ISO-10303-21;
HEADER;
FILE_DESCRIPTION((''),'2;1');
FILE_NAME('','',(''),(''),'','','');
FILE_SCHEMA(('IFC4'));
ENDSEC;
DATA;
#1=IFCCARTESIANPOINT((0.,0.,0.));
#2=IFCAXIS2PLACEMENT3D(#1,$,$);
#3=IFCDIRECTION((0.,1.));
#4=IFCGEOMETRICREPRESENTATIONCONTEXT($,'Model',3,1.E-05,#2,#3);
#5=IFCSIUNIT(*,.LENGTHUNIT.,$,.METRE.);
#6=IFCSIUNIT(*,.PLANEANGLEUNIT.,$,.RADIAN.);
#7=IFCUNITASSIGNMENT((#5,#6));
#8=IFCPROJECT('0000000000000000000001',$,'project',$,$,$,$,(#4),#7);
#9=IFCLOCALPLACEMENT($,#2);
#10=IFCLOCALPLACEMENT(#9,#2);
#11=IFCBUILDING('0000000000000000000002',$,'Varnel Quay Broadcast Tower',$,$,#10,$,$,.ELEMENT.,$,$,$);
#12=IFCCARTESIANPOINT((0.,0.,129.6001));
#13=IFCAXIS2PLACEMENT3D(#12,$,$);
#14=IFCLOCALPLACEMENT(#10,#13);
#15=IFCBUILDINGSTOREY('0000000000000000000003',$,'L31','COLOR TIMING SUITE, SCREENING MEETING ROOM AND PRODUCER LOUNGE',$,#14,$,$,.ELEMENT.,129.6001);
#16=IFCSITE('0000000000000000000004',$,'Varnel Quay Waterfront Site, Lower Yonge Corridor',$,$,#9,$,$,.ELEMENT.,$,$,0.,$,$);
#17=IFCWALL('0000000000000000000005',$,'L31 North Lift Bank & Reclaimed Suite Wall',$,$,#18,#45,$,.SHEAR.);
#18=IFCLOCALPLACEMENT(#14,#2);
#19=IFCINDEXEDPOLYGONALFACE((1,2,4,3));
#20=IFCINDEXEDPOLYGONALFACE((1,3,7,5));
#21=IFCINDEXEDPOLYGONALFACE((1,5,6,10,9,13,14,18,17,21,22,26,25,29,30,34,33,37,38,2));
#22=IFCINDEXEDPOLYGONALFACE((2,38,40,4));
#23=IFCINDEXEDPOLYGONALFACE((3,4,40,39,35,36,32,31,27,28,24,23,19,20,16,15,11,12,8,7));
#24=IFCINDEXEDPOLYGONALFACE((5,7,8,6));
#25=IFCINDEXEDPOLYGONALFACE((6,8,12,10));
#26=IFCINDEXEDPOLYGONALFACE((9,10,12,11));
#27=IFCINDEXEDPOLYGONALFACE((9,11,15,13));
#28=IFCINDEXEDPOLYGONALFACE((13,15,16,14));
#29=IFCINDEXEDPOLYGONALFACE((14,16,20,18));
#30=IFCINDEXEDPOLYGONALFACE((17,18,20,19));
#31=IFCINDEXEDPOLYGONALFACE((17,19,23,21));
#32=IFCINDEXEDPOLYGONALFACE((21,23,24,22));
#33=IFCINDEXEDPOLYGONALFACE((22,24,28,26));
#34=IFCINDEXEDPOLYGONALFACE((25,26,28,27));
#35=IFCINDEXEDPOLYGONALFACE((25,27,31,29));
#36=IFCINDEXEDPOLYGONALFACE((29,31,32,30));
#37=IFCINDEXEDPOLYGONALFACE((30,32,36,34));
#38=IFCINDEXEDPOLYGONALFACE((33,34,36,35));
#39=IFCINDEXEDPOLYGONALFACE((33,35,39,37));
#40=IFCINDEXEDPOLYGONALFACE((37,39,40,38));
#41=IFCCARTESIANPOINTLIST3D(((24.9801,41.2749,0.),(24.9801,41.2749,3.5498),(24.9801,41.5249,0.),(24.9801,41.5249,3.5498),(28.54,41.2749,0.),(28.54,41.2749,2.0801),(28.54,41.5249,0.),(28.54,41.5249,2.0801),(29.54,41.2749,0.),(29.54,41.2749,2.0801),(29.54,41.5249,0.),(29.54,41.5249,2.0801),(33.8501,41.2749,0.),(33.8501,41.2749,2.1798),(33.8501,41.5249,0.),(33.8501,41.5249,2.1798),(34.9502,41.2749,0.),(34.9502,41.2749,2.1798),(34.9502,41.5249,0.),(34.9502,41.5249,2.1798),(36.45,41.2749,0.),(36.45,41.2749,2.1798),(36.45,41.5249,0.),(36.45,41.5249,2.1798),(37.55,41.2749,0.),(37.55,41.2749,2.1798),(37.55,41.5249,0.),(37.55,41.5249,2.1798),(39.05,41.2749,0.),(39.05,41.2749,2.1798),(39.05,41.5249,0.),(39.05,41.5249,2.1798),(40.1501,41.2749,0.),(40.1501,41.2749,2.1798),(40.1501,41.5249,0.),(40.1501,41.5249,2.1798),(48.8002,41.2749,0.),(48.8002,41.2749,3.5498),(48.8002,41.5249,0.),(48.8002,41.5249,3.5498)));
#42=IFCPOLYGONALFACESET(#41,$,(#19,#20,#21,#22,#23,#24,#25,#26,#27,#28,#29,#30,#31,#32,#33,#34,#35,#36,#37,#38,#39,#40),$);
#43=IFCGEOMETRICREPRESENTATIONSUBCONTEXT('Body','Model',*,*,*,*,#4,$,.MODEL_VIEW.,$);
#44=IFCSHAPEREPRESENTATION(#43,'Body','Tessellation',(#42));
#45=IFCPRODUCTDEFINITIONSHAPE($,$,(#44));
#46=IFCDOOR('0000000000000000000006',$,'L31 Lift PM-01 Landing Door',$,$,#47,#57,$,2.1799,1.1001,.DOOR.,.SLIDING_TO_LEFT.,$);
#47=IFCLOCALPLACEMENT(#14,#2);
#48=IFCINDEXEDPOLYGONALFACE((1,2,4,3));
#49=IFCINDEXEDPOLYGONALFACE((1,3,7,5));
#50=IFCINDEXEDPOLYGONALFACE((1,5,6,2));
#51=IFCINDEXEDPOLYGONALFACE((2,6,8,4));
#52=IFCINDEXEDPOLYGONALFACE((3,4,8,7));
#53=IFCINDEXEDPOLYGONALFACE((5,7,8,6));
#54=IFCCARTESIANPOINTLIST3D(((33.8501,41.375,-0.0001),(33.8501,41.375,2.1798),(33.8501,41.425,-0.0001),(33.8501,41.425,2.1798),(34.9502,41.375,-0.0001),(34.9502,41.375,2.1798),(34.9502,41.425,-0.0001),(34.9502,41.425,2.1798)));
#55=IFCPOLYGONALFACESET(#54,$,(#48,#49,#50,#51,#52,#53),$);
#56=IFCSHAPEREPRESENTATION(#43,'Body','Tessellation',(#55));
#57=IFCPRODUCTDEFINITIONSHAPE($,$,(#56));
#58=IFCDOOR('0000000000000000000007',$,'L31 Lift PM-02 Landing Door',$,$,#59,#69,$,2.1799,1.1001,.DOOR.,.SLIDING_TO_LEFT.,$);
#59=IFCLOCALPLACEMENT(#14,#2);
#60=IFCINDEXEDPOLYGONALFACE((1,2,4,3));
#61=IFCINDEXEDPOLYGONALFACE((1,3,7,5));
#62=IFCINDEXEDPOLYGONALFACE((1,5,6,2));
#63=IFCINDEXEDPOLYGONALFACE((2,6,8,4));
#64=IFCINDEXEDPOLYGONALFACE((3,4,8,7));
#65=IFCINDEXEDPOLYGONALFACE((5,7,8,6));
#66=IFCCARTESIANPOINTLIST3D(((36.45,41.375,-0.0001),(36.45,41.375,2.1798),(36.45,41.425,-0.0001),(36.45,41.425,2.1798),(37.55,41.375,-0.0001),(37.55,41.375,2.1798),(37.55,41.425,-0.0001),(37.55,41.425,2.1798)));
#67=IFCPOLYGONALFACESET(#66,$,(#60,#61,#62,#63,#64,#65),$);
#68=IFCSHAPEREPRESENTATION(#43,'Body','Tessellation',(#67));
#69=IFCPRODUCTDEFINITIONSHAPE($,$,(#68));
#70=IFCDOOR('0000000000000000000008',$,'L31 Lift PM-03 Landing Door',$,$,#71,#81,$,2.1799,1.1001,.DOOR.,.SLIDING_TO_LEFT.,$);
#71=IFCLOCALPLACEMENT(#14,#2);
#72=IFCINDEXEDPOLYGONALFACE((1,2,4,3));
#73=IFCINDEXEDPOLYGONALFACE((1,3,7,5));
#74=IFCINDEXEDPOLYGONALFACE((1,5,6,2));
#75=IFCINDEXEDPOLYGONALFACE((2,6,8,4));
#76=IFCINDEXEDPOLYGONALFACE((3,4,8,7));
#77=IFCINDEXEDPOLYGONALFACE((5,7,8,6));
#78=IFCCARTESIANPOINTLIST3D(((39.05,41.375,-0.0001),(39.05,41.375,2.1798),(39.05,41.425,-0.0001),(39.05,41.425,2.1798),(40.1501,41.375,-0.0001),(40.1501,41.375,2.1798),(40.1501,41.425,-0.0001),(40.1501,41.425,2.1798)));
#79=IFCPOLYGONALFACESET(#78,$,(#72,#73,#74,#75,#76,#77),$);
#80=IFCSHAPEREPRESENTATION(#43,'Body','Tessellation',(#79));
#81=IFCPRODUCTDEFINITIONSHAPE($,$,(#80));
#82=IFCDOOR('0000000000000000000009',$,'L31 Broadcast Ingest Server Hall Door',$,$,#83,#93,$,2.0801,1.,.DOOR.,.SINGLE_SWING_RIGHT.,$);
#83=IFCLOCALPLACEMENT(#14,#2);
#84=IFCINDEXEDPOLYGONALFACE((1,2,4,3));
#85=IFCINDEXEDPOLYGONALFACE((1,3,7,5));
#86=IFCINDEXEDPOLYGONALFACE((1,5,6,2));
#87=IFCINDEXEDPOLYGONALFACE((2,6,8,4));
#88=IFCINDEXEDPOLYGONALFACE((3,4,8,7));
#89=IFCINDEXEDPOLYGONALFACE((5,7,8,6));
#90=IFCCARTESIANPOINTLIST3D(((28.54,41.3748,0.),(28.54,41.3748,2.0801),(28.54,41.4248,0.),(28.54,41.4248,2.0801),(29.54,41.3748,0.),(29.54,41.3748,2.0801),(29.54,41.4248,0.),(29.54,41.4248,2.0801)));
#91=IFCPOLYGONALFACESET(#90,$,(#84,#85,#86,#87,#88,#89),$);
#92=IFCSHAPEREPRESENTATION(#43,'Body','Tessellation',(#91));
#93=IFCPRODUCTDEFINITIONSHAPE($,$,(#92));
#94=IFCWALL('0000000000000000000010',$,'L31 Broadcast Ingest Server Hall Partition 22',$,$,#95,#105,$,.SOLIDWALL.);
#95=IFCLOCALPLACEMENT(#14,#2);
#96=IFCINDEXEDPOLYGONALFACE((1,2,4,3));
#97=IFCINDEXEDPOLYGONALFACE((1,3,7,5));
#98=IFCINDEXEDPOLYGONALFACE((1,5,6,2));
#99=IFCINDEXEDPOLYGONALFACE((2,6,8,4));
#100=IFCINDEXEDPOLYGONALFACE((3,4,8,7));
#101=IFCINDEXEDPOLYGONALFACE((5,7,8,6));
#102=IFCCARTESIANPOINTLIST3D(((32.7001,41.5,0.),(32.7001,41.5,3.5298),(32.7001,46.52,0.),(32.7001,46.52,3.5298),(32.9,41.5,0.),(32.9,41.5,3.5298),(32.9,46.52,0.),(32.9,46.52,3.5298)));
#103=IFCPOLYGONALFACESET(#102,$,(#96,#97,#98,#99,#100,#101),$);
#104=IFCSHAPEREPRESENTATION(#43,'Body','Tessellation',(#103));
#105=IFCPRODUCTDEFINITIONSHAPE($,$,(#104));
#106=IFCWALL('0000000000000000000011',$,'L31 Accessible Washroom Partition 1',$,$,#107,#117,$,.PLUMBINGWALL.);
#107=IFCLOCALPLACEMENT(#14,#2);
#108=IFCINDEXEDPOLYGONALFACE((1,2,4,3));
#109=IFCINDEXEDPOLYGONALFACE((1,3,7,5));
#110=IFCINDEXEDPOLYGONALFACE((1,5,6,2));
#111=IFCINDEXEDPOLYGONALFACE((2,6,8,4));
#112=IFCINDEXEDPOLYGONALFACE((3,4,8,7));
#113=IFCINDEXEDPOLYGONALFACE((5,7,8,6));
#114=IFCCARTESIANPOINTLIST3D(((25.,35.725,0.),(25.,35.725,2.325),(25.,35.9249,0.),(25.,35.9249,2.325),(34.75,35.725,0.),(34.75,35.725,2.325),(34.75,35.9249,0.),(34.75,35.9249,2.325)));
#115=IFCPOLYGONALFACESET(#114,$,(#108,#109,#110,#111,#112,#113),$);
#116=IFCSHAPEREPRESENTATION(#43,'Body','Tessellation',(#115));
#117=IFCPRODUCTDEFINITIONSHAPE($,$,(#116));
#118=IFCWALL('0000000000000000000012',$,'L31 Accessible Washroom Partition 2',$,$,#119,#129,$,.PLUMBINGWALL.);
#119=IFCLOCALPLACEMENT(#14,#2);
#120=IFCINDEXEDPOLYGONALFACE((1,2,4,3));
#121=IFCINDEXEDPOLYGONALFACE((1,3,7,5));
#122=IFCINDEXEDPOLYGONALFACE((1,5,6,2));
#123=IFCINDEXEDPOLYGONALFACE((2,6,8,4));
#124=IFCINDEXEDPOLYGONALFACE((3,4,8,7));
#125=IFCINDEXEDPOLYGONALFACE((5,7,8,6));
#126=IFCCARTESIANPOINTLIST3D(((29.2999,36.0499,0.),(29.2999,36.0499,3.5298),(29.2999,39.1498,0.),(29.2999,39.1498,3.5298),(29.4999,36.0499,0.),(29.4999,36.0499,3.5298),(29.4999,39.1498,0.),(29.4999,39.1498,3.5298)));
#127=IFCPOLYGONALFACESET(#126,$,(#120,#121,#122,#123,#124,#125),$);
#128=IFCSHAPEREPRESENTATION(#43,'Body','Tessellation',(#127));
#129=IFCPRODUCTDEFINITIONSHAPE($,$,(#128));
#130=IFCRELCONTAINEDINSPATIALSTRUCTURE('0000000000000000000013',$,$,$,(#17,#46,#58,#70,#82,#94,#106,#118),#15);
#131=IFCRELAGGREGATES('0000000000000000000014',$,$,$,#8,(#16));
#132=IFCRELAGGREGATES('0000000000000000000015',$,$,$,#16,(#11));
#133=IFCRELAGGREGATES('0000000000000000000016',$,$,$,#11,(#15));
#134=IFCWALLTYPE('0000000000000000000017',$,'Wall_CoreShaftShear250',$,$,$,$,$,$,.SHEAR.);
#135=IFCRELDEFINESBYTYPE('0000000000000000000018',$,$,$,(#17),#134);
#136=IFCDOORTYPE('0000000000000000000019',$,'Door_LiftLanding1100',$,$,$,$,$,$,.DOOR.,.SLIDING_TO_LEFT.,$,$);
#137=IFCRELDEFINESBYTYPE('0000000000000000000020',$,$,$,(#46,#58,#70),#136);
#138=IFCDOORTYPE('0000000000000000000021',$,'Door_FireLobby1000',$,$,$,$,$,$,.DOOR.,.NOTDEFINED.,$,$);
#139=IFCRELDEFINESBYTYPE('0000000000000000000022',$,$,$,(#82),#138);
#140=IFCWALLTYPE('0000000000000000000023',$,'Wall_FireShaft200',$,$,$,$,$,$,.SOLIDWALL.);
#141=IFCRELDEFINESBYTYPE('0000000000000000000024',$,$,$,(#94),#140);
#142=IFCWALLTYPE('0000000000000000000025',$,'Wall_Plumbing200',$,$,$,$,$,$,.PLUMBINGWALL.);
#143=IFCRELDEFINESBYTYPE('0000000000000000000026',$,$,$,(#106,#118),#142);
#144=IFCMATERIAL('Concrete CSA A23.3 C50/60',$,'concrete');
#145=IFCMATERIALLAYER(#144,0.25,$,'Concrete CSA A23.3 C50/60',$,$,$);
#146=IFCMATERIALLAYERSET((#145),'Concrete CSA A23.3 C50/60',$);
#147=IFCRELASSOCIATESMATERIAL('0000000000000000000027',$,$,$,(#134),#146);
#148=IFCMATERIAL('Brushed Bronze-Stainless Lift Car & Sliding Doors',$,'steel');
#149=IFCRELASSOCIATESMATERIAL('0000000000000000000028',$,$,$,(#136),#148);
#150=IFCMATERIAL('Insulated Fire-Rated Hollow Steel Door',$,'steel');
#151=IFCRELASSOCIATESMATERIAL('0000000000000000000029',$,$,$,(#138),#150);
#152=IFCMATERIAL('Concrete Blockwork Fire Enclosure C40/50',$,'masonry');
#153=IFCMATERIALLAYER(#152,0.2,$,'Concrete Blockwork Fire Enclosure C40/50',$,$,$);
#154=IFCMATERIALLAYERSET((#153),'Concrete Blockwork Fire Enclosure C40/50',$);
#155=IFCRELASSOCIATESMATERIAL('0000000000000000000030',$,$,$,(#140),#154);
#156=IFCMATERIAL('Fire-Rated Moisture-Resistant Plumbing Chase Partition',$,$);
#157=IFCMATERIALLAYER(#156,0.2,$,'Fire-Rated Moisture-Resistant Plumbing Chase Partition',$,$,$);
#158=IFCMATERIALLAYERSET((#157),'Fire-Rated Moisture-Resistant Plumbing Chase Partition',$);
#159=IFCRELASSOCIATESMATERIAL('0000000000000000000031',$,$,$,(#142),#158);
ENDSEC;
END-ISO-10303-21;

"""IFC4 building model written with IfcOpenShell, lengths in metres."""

from ifc_helpers import new_model, si_unit, direction, frame, frame_2d, origin, place, context, subcontext, project, spatial, rectangle, extrude, source, transform, mapped, material, layer, layer_set, type_object, type_shapes, element, fill, save


model = new_model("IFC4")

# Units and contexts
model_context = context("Model", 3, precision=1e-05, world=origin(), true_north=direction((0.0, 1.0)))
body_context = subcontext(model_context, "Body", "Model", "MODEL_VIEW")
ifc_project = project(units=[si_unit("LENGTHUNIT", "METRE"), si_unit("PLANEANGLEUNIT", "RADIAN")], contexts=[model_context])

# Site, building, storey
site_placement = place(None, origin())
site = spatial("IfcSite", under=ifc_project, at=site_placement, Name="Varnel Quay Waterfront Site, Lower Yonge Corridor", CompositionType="ELEMENT", RefElevation=0.0)
building_placement = place(site_placement, origin())
building = spatial("IfcBuilding", under=site, at=building_placement, Name="Varnel Quay Broadcast Tower", CompositionType="ELEMENT")
storey_placement = place(building_placement, frame((0.0, 0.0, 129.6001)))
storey = spatial("IfcBuildingStorey", under=building, at=storey_placement, Name="L31", Description="COLOR TIMING SUITE, SCREENING MEETING ROOM AND PRODUCER LOUNGE", CompositionType="ELEMENT", Elevation=129.6001)

# Shared definitions
ifc_material_1 = material(Name="Concrete CSA A23.3 C50/60", Category="concrete")

# Wall, openings, doors
ifc_layer_1 = layer(ifc_material_1, 0.25, Name="Concrete CSA A23.3 C50/60")
ifc_layer_set_1 = layer_set([ifc_layer_1], Name="Concrete CSA A23.3 C50/60")
wall_type_1 = type_object("IfcWallType", Name="Wall_CoreShaftShear250", PredefinedType="SHEAR", material=ifc_layer_set_1)
wall_1_placement = place(storey_placement, frame((24.98, 41.3999, 0.0), z_axis=(0.0, 0.0, 1.0), x_axis=(1.0, 0.0, 0.0)))
wall_1 = element("IfcWall", 1, at=wall_1_placement, inside=storey, type_object=wall_type_1, Name="L31 North Lift Bank & Reclaimed Suite Wall", PredefinedType="SHEAR", context=body_context, shape_type="SweptSolid", body=[
    extrude(rectangle(XDim=23.8201, YDim=0.25, at=frame_2d((11.9102, 0.0))), origin(), (0.0, 0.0, 1.0), 3.5498),
])
opening_1_placement = place(wall_1_placement, frame((8.8701, 0.0, 0.0)))
opening_1 = element("IfcOpeningElement", 2, at=opening_1_placement, cuts=wall_1, PredefinedType="OPENING", context=body_context, shape_type="SweptSolid", body=[
    extrude(rectangle(XDim=1.1001, YDim=2.1799, at=frame_2d((0.55, 1.0898))), frame((0.0, 0.135, 0.0), z_axis=(0.0, -1.0, 0.0), x_axis=(1.0, 0.0, 0.0)), (0.0, 0.0, 1.0), 0.27),
])
opening_2_placement = place(wall_1_placement, frame((11.47, 0.0, 0.0)))
opening_2 = element("IfcOpeningElement", 3, at=opening_2_placement, cuts=wall_1, PredefinedType="OPENING", context=body_context, shape_type="SweptSolid", body=[
    extrude(rectangle(XDim=1.1001, YDim=2.1799, at=frame_2d((0.55, 1.0898))), frame((0.0, 0.135, 0.0), z_axis=(0.0, -1.0, 0.0), x_axis=(1.0, 0.0, 0.0)), (0.0, 0.0, 1.0), 0.27),
])
opening_3_placement = place(wall_1_placement, frame((14.0701, 0.0, 0.0)))
opening_3 = element("IfcOpeningElement", 4, at=opening_3_placement, cuts=wall_1, PredefinedType="OPENING", context=body_context, shape_type="SweptSolid", body=[
    extrude(rectangle(XDim=1.1001, YDim=2.1799, at=frame_2d((0.55, 1.0898))), frame((0.0, 0.135, 0.0), z_axis=(0.0, -1.0, 0.0), x_axis=(1.0, 0.0, 0.0)), (0.0, 0.0, 1.0), 0.27),
])
opening_4_placement = place(wall_1_placement, frame((3.5601, 0.0, 0.0)))
opening_4 = element("IfcOpeningElement", 5, at=opening_4_placement, cuts=wall_1, PredefinedType="OPENING", context=body_context, shape_type="SweptSolid", body=[
    extrude(rectangle(XDim=1.0, YDim=2.0801, at=frame_2d((0.5, 1.04))), frame((0.0, 0.135, 0.0), z_axis=(0.0, -1.0, 0.0), x_axis=(1.0, 0.0, 0.0)), (0.0, 0.0, 1.0), 0.27),
])
ifc_material_2 = material(Name="Brushed Bronze-Stainless Lift Car & Sliding Doors", Category="steel")
door_type_1 = type_object("IfcDoorType", Name="Door_LiftLanding1100", OperationType="SLIDING_TO_LEFT", PredefinedType="DOOR", material=ifc_material_2)
shared_shape_1 = source(origin(), body_context, "Body", "SweptSolid", [
    extrude(rectangle(XDim=1.1001, YDim=2.1799, at=frame_2d((0.55, 1.0898))), frame((0.0, 0.0249, 0.0), z_axis=(0.0, -1.0, 0.0), x_axis=(1.0, 0.0, 0.0)), (0.0, 0.0, 1.0), 0.05),
])
type_shapes(door_type_1, [shared_shape_1])
door_1_placement = place(opening_1_placement, frame((1.1001, 0.0, 0.0), z_axis=(0.0, 0.0, 1.0), x_axis=(-1.0, 0.0, 0.0)))
door_1 = element("IfcDoor", 6, at=door_1_placement, inside=storey, type_object=door_type_1, Name="L31 Lift PM-01 Landing Door", OperationType="SLIDING_TO_LEFT", OverallHeight=2.1799, OverallWidth=1.1001, PredefinedType="DOOR", context=body_context, shape_type="MappedRepresentation", body=[
    mapped(shared_shape_1, transform((0.0, 0.0, 0.0), x_axis=(1.0, 0.0, 0.0), y_axis=(0.0, 1.0, 0.0), z_axis=(0.0, 0.0, 1.0), scale=1.0)),
])
fill(opening_1, door_1)
door_2_placement = place(opening_2_placement, frame((1.1001, 0.0, 0.0), z_axis=(0.0, 0.0, 1.0), x_axis=(-1.0, 0.0, 0.0)))
door_2 = element("IfcDoor", 7, at=door_2_placement, inside=storey, type_object=door_type_1, Name="L31 Lift PM-02 Landing Door", OperationType="SLIDING_TO_LEFT", OverallHeight=2.1799, OverallWidth=1.1001, PredefinedType="DOOR", context=body_context, shape_type="MappedRepresentation", body=[
    mapped(shared_shape_1, transform((0.0, 0.0, 0.0), x_axis=(1.0, 0.0, 0.0), y_axis=(0.0, 1.0, 0.0), z_axis=(0.0, 0.0, 1.0), scale=1.0)),
])
fill(opening_2, door_2)
door_3_placement = place(opening_3_placement, frame((1.1001, 0.0, 0.0), z_axis=(0.0, 0.0, 1.0), x_axis=(-1.0, 0.0, 0.0)))
door_3 = element("IfcDoor", 8, at=door_3_placement, inside=storey, type_object=door_type_1, Name="L31 Lift PM-03 Landing Door", OperationType="SLIDING_TO_LEFT", OverallHeight=2.1799, OverallWidth=1.1001, PredefinedType="DOOR", context=body_context, shape_type="MappedRepresentation", body=[
    mapped(shared_shape_1, transform((0.0, 0.0, 0.0), x_axis=(1.0, 0.0, 0.0), y_axis=(0.0, 1.0, 0.0), z_axis=(0.0, 0.0, 1.0), scale=1.0)),
])
fill(opening_3, door_3)
ifc_material_3 = material(Name="Insulated Fire-Rated Hollow Steel Door", Category="steel")
door_type_2 = type_object("IfcDoorType", Name="Door_FireLobby1000", OperationType="NOTDEFINED", PredefinedType="DOOR", material=ifc_material_3)
shared_shape_2 = source(origin(), body_context, "Body", "SweptSolid", [
    extrude(rectangle(XDim=1.0, YDim=2.0801, at=frame_2d((0.5, 1.04))), frame((0.0, 0.0249, 0.0), z_axis=(0.0, -1.0, 0.0), x_axis=(1.0, 0.0, 0.0)), (0.0, 0.0, 1.0), 0.05),
])
type_shapes(door_type_2, [shared_shape_2])
door_4_placement = place(opening_4_placement, origin())
door_4 = element("IfcDoor", 9, at=door_4_placement, inside=storey, type_object=door_type_2, Name="L31 Broadcast Ingest Server Hall Door", OperationType="SINGLE_SWING_RIGHT", OverallHeight=2.0801, OverallWidth=1.0, PredefinedType="DOOR", context=body_context, shape_type="MappedRepresentation", body=[
    mapped(shared_shape_2, transform((0.0, 0.0, 0.0), x_axis=(1.0, 0.0, 0.0), y_axis=(0.0, 1.0, 0.0), z_axis=(0.0, 0.0, 1.0), scale=1.0)),
])
fill(opening_4, door_4)

# Walls
ifc_material_4 = material(Name="Concrete Blockwork Fire Enclosure C40/50", Category="masonry")
ifc_layer_2 = layer(ifc_material_4, 0.2, Name="Concrete Blockwork Fire Enclosure C40/50")
ifc_layer_set_2 = layer_set([ifc_layer_2], Name="Concrete Blockwork Fire Enclosure C40/50")
wall_type_2 = type_object("IfcWallType", Name="Wall_FireShaft200", PredefinedType="SOLIDWALL", material=ifc_layer_set_2)
wall_2_placement = place(storey_placement, frame((32.8, 41.5, 0.0), z_axis=(0.0, 0.0, 1.0), x_axis=(0.0, 1.0, 0.0)))
element("IfcWall", 10, at=wall_2_placement, inside=storey, type_object=wall_type_2, Name="L31 Broadcast Ingest Server Hall Partition 22", PredefinedType="SOLIDWALL", context=body_context, shape_type="SweptSolid", body=[
    extrude(rectangle(XDim=5.02, YDim=0.2, at=frame_2d((2.51, 0.0))), origin(), (0.0, 0.0, 1.0), 3.5298),
])
ifc_material_5 = material(Name="Fire-Rated Moisture-Resistant Plumbing Chase Partition")
ifc_layer_3 = layer(ifc_material_5, 0.2, Name="Fire-Rated Moisture-Resistant Plumbing Chase Partition")
ifc_layer_set_3 = layer_set([ifc_layer_3], Name="Fire-Rated Moisture-Resistant Plumbing Chase Partition")
wall_type_3 = type_object("IfcWallType", Name="Wall_Plumbing200", PredefinedType="PLUMBINGWALL", material=ifc_layer_set_3)
wall_3_placement = place(storey_placement, frame((25.0, 35.825, 0.0), z_axis=(0.0, 0.0, 1.0), x_axis=(1.0, 0.0, 0.0)))
element("IfcWall", 11, at=wall_3_placement, inside=storey, type_object=wall_type_3, Name="L31 Accessible Washroom Partition 1", PredefinedType="PLUMBINGWALL", context=body_context, shape_type="SweptSolid", body=[
    extrude(rectangle(XDim=9.75, YDim=0.2, at=frame_2d((4.875, 0.0))), origin(), (0.0, 0.0, 1.0), 2.325),
])
wall_4_placement = place(storey_placement, frame((29.3999, 36.05, 0.0), z_axis=(0.0, 0.0, 1.0), x_axis=(0.0, 1.0, 0.0)))
element("IfcWall", 12, at=wall_4_placement, inside=storey, type_object=wall_type_3, Name="L31 Accessible Washroom Partition 2", PredefinedType="PLUMBINGWALL", context=body_context, shape_type="SweptSolid", body=[
    extrude(rectangle(XDim=3.0999, YDim=0.2, at=frame_2d((1.5498, 0.0))), origin(), (0.0, 0.0, 1.0), 3.5298),
])

save(model, "model.ifc")
